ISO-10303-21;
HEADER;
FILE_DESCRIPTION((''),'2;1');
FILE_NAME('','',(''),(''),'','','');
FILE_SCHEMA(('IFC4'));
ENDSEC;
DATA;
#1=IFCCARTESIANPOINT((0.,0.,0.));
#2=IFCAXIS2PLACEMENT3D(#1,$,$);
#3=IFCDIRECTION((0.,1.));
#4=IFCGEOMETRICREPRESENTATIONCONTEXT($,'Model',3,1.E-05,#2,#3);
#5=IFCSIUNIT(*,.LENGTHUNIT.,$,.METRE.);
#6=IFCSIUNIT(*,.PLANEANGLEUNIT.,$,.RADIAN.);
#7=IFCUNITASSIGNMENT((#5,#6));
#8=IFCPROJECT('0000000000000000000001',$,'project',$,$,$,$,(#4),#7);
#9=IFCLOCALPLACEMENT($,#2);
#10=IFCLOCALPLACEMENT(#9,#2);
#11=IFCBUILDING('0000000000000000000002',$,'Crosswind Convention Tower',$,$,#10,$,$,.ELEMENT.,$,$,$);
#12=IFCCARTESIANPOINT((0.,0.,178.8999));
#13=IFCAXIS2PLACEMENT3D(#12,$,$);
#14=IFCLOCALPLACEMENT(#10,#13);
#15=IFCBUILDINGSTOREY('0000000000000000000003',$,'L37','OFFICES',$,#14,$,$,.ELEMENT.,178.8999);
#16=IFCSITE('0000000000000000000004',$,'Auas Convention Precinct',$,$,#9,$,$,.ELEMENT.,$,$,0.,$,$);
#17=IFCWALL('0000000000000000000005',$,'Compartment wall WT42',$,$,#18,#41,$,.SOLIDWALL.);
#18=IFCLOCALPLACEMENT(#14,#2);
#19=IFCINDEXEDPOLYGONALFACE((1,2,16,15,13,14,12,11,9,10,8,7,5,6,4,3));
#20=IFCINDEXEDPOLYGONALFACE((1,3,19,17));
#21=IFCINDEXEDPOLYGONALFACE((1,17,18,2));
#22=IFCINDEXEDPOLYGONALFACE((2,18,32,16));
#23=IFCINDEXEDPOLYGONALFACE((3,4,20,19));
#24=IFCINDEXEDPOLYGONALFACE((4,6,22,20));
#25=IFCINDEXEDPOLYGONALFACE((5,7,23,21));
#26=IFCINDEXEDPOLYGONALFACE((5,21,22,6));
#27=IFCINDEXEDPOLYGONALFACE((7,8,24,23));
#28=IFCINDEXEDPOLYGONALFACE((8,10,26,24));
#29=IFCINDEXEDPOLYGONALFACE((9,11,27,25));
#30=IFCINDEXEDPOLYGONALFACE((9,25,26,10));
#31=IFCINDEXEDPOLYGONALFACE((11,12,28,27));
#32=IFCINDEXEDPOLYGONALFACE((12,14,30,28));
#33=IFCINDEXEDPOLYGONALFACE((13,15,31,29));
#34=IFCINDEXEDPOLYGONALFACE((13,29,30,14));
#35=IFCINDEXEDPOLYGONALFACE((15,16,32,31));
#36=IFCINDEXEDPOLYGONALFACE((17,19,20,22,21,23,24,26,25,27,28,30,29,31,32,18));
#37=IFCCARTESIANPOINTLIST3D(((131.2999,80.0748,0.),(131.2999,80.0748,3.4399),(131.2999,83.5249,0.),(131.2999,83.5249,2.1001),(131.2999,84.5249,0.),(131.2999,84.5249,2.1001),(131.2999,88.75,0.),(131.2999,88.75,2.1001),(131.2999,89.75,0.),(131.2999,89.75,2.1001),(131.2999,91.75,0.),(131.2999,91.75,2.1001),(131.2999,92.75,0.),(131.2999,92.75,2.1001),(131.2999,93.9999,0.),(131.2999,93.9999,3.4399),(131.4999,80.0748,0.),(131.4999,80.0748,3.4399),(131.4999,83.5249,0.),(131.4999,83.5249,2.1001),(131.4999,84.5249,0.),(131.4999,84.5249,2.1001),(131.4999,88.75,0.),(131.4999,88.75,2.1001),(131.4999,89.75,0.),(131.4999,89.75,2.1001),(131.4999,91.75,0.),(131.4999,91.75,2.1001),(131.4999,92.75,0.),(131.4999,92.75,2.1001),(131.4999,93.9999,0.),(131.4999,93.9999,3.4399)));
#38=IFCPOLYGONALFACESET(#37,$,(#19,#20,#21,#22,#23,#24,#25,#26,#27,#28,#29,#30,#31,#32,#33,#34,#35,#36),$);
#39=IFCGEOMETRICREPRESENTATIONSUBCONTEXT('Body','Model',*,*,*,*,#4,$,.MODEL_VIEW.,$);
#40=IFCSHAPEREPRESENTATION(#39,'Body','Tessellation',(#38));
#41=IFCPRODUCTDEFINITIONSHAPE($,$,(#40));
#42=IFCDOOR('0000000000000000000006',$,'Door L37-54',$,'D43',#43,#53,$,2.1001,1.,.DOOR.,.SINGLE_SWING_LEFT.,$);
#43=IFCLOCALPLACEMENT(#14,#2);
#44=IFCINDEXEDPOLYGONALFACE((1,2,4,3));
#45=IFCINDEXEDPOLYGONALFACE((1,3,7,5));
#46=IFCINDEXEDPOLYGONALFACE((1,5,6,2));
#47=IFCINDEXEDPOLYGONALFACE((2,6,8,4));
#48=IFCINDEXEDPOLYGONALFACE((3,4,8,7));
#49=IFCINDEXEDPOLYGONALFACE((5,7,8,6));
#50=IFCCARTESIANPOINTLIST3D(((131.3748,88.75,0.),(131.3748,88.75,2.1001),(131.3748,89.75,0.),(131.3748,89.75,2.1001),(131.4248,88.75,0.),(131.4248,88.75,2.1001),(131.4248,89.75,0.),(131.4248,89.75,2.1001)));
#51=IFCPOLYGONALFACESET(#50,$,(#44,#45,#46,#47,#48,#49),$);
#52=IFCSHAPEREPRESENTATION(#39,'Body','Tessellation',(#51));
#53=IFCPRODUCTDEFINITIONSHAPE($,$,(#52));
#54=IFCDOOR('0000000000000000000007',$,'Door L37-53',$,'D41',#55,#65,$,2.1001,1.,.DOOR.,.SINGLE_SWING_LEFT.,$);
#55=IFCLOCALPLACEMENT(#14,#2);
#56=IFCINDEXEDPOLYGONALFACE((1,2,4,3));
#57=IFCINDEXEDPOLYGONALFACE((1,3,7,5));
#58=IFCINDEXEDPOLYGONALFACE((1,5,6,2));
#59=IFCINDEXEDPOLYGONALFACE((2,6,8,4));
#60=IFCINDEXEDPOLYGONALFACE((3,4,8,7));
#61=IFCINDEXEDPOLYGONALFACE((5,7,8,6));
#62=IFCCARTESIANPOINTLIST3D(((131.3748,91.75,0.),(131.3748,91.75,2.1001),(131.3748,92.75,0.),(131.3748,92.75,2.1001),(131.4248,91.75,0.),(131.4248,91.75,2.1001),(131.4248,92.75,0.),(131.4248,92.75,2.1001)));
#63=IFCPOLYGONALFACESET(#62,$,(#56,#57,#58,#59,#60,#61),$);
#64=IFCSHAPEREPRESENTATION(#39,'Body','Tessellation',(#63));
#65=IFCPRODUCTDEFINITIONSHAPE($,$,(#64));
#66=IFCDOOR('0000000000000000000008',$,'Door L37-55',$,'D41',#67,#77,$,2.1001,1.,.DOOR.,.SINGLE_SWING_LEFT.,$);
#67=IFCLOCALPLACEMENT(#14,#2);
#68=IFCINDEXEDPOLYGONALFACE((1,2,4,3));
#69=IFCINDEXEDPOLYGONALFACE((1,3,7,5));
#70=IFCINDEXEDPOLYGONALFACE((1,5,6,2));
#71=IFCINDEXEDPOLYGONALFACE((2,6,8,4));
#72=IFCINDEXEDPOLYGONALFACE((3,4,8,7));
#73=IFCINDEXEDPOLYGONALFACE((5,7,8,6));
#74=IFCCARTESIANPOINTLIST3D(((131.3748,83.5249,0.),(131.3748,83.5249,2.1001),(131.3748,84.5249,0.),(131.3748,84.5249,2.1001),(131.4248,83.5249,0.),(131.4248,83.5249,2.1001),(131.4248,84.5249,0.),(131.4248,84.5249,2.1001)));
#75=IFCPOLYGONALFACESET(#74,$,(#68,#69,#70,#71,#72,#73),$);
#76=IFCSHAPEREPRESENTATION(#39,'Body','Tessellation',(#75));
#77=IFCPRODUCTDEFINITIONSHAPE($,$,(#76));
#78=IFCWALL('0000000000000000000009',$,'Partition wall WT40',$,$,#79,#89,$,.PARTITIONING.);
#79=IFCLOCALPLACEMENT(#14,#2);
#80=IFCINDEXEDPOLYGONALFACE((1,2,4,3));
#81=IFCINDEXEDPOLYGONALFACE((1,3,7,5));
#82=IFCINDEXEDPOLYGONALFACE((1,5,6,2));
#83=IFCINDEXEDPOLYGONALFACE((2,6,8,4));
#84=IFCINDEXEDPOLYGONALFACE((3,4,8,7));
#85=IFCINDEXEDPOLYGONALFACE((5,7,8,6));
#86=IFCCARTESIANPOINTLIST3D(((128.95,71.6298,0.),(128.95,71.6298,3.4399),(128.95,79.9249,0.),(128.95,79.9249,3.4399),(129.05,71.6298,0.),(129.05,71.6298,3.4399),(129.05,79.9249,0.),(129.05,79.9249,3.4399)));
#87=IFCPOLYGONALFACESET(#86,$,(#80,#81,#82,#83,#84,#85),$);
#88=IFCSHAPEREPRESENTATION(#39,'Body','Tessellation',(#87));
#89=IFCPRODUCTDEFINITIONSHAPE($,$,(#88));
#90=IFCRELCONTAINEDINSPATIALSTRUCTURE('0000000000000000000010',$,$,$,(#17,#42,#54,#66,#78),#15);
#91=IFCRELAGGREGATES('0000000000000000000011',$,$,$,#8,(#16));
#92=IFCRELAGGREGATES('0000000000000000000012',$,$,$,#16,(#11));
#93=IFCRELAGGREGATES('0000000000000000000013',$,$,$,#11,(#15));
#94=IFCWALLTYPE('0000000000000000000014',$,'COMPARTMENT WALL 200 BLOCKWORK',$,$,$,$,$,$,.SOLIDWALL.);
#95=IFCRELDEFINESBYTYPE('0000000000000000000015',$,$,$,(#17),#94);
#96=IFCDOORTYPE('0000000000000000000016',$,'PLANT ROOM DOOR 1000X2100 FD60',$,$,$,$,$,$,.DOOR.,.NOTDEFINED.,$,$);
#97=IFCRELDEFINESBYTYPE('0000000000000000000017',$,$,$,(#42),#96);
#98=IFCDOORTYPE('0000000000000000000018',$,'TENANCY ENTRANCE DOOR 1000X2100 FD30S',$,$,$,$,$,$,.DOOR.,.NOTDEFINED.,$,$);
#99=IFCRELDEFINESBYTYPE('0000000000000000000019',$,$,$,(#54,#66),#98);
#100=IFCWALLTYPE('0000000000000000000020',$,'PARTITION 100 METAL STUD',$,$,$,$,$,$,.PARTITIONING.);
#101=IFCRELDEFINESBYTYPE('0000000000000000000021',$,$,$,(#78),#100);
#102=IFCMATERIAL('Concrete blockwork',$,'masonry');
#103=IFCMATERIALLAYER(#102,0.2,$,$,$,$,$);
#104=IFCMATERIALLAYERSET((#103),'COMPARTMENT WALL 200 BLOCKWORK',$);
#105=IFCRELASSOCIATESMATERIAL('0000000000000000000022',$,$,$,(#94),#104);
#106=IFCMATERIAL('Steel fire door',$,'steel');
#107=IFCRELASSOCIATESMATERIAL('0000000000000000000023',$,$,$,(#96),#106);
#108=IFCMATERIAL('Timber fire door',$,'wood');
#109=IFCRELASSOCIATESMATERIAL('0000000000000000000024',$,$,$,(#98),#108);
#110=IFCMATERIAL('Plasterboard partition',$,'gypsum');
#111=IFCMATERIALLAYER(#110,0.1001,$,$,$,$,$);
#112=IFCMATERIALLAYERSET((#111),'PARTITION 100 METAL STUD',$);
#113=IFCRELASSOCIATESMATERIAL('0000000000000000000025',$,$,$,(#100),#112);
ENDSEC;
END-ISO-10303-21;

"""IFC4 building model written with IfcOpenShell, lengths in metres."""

from ifc_helpers import new_model, si_unit, direction, frame, frame_2d, origin, place, context, subcontext, project, spatial, rectangle, extrude, material, layer, layer_set, type_object, element, fill, save


model = new_model("IFC4")

# Units and contexts
model_context = context("Model", 3, precision=1e-05, world=origin(), true_north=direction((0.0, 1.0)))
body_context = subcontext(model_context, "Body", "Model", "MODEL_VIEW")
ifc_project = project(units=[si_unit("LENGTHUNIT", "METRE"), si_unit("PLANEANGLEUNIT", "RADIAN")], contexts=[model_context])

# Site, building, storey
site_placement = place(None, origin())
site = spatial("IfcSite", under=ifc_project, at=site_placement, Name="Auas Convention Precinct", CompositionType="ELEMENT", RefElevation=0.0)
building_placement = place(site_placement, origin())
building = spatial("IfcBuilding", under=site, at=building_placement, Name="Crosswind Convention Tower", CompositionType="ELEMENT")
storey_placement = place(building_placement, frame((0.0, 0.0, 178.8999)))
storey = spatial("IfcBuildingStorey", under=building, at=storey_placement, Name="L37", Description="OFFICES", CompositionType="ELEMENT", Elevation=178.8999)

# Wall, openings, doors
ifc_material_1 = material(Name="Concrete blockwork", Category="masonry")
ifc_layer_1 = layer(ifc_material_1, 0.2)
ifc_layer_set_1 = layer_set([ifc_layer_1], Name="COMPARTMENT WALL 200 BLOCKWORK")
wall_type_1 = type_object("IfcWallType", Name="COMPARTMENT WALL 200 BLOCKWORK", PredefinedType="SOLIDWALL", material=ifc_layer_set_1)
wall_1_placement = place(storey_placement, frame((131.3999, 80.075, 0.0), z_axis=(0.0, 0.0, 1.0), x_axis=(0.0, 1.0, 0.0)))
wall_1 = element("IfcWall", 1, at=wall_1_placement, inside=storey, type_object=wall_type_1, Name="Compartment wall WT42", PredefinedType="SOLIDWALL", context=body_context, shape_type="SweptSolid", body=[
    extrude(rectangle(XDim=13.925, YDim=0.2, at=frame_2d((6.9624, 0.0))), origin(), (0.0, 0.0, 1.0), 3.4399),
])
opening_1_placement = place(wall_1_placement, frame((11.675, 0.0, 0.0)))
opening_1 = element("IfcOpeningElement", 2, at=opening_1_placement, cuts=wall_1, PredefinedType="OPENING", context=body_context, shape_type="SweptSolid", body=[
    extrude(rectangle(XDim=1.0, YDim=2.1001, at=frame_2d((0.5, 1.05))), frame((0.0, 0.1099, 0.0), z_axis=(0.0, -1.0, 0.0), x_axis=(1.0, 0.0, 0.0)), (0.0, 0.0, 1.0), 0.22),
])
opening_2_placement = place(wall_1_placement, frame((8.675, 0.0, 0.0)))
opening_2 = element("IfcOpeningElement", 3, at=opening_2_placement, cuts=wall_1, PredefinedType="OPENING", context=body_context, shape_type="SweptSolid", body=[
    extrude(rectangle(XDim=1.0, YDim=2.1001, at=frame_2d((0.5, 1.05))), frame((0.0, 0.1099, 0.0), z_axis=(0.0, -1.0, 0.0), x_axis=(1.0, 0.0, 0.0)), (0.0, 0.0, 1.0), 0.22),
])
opening_3_placement = place(wall_1_placement, frame((3.45, 0.0, 0.0)))
opening_3 = element("IfcOpeningElement", 4, at=opening_3_placement, cuts=wall_1, PredefinedType="OPENING", context=body_context, shape_type="SweptSolid", body=[
    extrude(rectangle(XDim=1.0, YDim=2.1001, at=frame_2d((0.5, 1.05))), frame((0.0, 0.1099, 0.0), z_axis=(0.0, -1.0, 0.0), x_axis=(1.0, 0.0, 0.0)), (0.0, 0.0, 1.0), 0.22),
])
ifc_material_2 = material(Name="Steel fire door", Category="steel")
door_type_1 = type_object("IfcDoorType", Name="PLANT ROOM DOOR 1000X2100 FD60", OperationType="NOTDEFINED", PredefinedType="DOOR", material=ifc_material_2)
door_1_placement = place(opening_2_placement, frame((1.0, 0.0, 0.0), z_axis=(0.0, 0.0, 1.0), x_axis=(-1.0, 0.0, 0.0)))
door_1 = element("IfcDoor", 5, at=door_1_placement, inside=storey, type_object=door_type_1, Name="Door L37-54", ObjectType="D43", OperationType="SINGLE_SWING_LEFT", OverallHeight=2.1001, OverallWidth=1.0, PredefinedType="DOOR", context=body_context, shape_type="SweptSolid", body=[
    extrude(rectangle(XDim=1.0, YDim=2.1001, at=frame_2d((0.5, 1.05))), frame((0.0, 0.0249, 0.0), z_axis=(0.0, -1.0, 0.0), x_axis=(1.0, 0.0, 0.0)), (0.0, 0.0, 1.0), 0.05),
])
fill(opening_2, door_1)
ifc_material_3 = material(Name="Timber fire door", Category="wood")
door_type_2 = type_object("IfcDoorType", Name="TENANCY ENTRANCE DOOR 1000X2100 FD30S", OperationType="NOTDEFINED", PredefinedType="DOOR", material=ifc_material_3)
door_2_placement = place(opening_1_placement, frame((1.0, 0.0, 0.0), z_axis=(0.0, 0.0, 1.0), x_axis=(-1.0, 0.0, 0.0)))
door_2 = element("IfcDoor", 6, at=door_2_placement, inside=storey, type_object=door_type_2, Name="Door L37-53", ObjectType="D41", OperationType="SINGLE_SWING_LEFT", OverallHeight=2.1001, OverallWidth=1.0, PredefinedType="DOOR", context=body_context, shape_type="SweptSolid", body=[
    extrude(rectangle(XDim=1.0, YDim=2.1001, at=frame_2d((0.5, 1.05))), frame((0.0, 0.0249, 0.0), z_axis=(0.0, -1.0, 0.0), x_axis=(1.0, 0.0, 0.0)), (0.0, 0.0, 1.0), 0.05),
])
fill(opening_1, door_2)
door_3_placement = place(opening_3_placement, frame((1.0, 0.0, 0.0), z_axis=(0.0, 0.0, 1.0), x_axis=(-1.0, 0.0, 0.0)))
door_3 = element("IfcDoor", 7, at=door_3_placement, inside=storey, type_object=door_type_2, Name="Door L37-55", ObjectType="D41", OperationType="SINGLE_SWING_LEFT", OverallHeight=2.1001, OverallWidth=1.0, PredefinedType="DOOR", context=body_context, shape_type="SweptSolid", body=[
    extrude(rectangle(XDim=1.0, YDim=2.1001, at=frame_2d((0.5, 1.05))), frame((0.0, 0.0249, 0.0), z_axis=(0.0, -1.0, 0.0), x_axis=(1.0, 0.0, 0.0)), (0.0, 0.0, 1.0), 0.05),
])
fill(opening_3, door_3)

# Wall
ifc_material_4 = material(Name="Plasterboard partition", Category="gypsum")
ifc_layer_2 = layer(ifc_material_4, 0.1001)
ifc_layer_set_2 = layer_set([ifc_layer_2], Name="PARTITION 100 METAL STUD")
wall_type_2 = type_object("IfcWallType", Name="PARTITION 100 METAL STUD", PredefinedType="PARTITIONING", material=ifc_layer_set_2)
wall_2_placement = place(storey_placement, frame((129.0, 71.6299, 0.0), z_axis=(0.0, 0.0, 1.0), x_axis=(0.0, 1.0, 0.0)))
element("IfcWall", 8, at=wall_2_placement, inside=storey, type_object=wall_type_2, Name="Partition wall WT40", PredefinedType="PARTITIONING", context=body_context, shape_type="SweptSolid", body=[
    extrude(rectangle(XDim=8.2952, YDim=0.1001, at=frame_2d((4.1475, 0.0))), origin(), (0.0, 0.0, 1.0), 3.4399),
])

save(model, "model.ifc")
